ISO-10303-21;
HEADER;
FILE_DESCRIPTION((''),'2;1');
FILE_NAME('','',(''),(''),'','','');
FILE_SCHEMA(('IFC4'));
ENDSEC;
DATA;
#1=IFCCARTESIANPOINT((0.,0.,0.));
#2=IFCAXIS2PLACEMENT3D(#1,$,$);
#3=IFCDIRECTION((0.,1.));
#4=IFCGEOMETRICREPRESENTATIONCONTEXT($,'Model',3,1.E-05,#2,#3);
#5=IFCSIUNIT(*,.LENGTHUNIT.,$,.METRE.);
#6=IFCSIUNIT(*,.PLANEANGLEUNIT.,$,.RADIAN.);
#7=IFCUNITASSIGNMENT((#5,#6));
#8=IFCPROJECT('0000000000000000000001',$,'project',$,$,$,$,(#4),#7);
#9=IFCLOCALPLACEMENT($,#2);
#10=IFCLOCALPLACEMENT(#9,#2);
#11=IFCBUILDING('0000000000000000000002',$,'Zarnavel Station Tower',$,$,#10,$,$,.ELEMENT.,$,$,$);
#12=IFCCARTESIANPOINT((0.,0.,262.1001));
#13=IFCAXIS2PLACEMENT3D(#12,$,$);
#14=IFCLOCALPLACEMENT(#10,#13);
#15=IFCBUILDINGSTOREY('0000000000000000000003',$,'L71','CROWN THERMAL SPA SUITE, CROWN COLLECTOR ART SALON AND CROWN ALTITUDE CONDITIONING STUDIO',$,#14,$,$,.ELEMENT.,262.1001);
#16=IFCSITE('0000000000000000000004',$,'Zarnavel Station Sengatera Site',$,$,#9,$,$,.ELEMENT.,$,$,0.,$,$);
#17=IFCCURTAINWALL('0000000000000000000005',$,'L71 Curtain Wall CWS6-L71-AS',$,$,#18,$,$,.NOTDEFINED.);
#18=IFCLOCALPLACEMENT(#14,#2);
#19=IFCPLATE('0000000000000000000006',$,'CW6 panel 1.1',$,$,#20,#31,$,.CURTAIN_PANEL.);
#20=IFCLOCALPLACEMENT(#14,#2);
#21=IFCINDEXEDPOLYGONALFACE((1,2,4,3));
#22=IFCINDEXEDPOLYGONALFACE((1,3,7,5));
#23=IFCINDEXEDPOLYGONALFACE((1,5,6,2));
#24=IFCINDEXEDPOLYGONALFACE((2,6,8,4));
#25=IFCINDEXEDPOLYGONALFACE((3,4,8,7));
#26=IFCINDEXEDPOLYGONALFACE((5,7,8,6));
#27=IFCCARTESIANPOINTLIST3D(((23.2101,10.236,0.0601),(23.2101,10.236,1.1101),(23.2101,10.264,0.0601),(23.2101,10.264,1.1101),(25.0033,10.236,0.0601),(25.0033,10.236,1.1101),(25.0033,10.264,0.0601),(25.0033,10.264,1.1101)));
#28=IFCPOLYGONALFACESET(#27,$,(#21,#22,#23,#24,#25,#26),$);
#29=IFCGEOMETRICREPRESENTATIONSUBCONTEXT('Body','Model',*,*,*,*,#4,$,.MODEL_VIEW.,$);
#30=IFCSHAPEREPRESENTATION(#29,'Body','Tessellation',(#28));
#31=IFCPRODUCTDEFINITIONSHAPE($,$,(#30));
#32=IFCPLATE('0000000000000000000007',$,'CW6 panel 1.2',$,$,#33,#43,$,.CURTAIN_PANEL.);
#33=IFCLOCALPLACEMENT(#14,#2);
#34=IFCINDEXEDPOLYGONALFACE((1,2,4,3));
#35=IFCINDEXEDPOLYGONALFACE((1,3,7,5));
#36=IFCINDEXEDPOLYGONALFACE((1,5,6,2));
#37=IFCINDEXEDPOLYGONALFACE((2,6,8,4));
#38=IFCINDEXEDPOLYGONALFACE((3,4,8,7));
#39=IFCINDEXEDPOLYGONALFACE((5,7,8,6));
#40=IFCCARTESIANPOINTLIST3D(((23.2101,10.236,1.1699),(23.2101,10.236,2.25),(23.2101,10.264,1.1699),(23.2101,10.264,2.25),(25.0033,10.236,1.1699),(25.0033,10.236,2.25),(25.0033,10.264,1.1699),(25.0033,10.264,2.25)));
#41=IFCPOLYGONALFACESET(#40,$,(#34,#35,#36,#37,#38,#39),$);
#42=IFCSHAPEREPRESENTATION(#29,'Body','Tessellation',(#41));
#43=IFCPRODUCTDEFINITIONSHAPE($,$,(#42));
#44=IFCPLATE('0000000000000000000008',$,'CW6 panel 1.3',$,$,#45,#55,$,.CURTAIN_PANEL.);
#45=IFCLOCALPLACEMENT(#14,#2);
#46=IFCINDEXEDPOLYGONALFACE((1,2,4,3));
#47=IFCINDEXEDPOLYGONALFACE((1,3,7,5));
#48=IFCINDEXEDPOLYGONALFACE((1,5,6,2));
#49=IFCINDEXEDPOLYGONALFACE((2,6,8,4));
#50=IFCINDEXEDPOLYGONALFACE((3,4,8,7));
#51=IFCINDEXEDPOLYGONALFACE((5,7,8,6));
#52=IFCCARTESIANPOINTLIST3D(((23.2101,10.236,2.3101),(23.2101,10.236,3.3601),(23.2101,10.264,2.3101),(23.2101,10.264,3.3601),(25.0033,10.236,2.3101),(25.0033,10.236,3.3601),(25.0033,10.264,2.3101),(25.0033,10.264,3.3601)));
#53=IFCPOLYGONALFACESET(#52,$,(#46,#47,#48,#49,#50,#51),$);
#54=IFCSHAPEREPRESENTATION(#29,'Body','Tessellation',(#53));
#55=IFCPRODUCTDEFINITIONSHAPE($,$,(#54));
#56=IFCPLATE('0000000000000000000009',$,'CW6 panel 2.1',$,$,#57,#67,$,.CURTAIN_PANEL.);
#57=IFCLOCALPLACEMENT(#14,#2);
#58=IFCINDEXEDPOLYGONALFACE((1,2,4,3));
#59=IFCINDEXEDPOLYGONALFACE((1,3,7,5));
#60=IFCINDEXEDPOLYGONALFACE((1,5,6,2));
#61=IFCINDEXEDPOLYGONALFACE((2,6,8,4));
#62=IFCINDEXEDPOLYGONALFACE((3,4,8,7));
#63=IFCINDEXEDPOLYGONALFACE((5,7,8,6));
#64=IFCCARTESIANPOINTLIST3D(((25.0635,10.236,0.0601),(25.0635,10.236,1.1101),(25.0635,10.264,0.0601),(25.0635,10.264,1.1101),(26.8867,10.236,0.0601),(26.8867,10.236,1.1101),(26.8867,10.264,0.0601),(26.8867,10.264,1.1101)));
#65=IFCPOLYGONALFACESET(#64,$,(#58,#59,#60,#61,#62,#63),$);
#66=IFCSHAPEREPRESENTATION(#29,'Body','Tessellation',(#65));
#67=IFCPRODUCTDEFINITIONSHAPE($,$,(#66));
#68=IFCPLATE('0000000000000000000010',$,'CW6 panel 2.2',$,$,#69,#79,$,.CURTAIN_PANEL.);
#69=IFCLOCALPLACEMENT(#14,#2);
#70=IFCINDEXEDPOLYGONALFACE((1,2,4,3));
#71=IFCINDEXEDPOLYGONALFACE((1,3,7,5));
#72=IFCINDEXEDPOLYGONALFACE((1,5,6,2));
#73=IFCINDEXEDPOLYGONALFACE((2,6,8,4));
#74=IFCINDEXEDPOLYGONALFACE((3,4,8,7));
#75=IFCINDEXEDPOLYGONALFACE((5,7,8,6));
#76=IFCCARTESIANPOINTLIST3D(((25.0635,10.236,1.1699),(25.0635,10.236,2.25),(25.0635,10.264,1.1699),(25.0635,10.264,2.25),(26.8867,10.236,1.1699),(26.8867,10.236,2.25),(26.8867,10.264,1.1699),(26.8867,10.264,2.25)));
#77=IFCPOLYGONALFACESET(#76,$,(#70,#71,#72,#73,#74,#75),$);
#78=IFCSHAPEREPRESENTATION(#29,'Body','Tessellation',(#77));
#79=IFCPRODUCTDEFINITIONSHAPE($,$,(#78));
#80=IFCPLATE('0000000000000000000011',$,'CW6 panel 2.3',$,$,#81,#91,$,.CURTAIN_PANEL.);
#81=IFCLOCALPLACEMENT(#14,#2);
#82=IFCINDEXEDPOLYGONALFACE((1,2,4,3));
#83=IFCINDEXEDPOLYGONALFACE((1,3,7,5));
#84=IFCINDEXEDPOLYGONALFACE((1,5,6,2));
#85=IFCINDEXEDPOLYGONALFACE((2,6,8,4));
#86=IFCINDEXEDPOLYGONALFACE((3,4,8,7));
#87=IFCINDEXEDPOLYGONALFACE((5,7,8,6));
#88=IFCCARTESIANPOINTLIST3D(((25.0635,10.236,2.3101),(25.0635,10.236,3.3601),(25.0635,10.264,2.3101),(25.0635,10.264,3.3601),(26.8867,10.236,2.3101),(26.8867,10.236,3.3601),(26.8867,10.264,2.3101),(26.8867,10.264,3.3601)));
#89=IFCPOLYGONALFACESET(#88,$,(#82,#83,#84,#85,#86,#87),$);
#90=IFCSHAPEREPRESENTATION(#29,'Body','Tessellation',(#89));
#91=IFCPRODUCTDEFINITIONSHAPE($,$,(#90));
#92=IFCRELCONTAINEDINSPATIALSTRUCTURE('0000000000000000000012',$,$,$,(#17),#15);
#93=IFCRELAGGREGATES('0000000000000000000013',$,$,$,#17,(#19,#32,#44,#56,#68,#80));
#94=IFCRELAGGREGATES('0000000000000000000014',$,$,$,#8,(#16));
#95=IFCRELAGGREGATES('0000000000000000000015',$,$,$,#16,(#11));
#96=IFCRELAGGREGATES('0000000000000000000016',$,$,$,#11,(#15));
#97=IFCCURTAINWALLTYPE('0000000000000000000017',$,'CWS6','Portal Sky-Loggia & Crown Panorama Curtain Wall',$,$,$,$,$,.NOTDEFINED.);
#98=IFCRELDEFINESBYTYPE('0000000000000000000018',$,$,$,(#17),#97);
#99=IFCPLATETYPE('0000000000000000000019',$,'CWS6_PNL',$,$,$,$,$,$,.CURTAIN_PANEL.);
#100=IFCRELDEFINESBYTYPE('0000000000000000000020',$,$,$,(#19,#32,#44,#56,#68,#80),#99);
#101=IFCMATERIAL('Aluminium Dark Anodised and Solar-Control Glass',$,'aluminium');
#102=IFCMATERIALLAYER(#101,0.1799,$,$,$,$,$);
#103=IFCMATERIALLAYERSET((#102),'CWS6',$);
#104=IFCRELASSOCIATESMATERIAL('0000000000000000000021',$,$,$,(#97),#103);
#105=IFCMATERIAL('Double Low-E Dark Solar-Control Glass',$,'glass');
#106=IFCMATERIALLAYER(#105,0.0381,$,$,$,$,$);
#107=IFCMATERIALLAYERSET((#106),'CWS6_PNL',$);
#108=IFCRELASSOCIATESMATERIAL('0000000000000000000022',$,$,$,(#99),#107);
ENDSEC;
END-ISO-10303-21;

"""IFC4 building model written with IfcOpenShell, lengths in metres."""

from ifc_helpers import new_model, si_unit, direction, frame, origin, origin_2d, place, context, subcontext, project, spatial, rectangle, extrude, material, layer, layer_set, type_object, element, aggregate, save


model = new_model("IFC4")

# Units and contexts
model_context = context("Model", 3, precision=1e-05, world=origin(), true_north=direction((0.0, 1.0)))
body_context = subcontext(model_context, "Body", "Model", "MODEL_VIEW")
ifc_project = project(units=[si_unit("LENGTHUNIT", "METRE"), si_unit("PLANEANGLEUNIT", "RADIAN")], contexts=[model_context])

# Site, building, storey
site_placement = place(None, origin())
site = spatial("IfcSite", under=ifc_project, at=site_placement, Name="Zarnavel Station Sengatera Site", CompositionType="ELEMENT", RefElevation=0.0)
building_placement = place(site_placement, origin())
building = spatial("IfcBuilding", under=site, at=building_placement, Name="Zarnavel Station Tower", CompositionType="ELEMENT")
storey_placement = place(building_placement, frame((0.0, 0.0, 262.1001)))
storey = spatial("IfcBuildingStorey", under=building, at=storey_placement, Name="L71", Description="CROWN THERMAL SPA SUITE, CROWN COLLECTOR ART SALON AND CROWN ALTITUDE CONDITIONING STUDIO", CompositionType="ELEMENT", Elevation=262.1001)

# Curtain wall, plates
ifc_material_1 = material(Name="Aluminium Dark Anodised and Solar-Control Glass", Category="aluminium")
ifc_layer_1 = layer(ifc_material_1, 0.1799)
ifc_layer_set_1 = layer_set([ifc_layer_1], Name="CWS6")
curtain_wall_type = type_object("IfcCurtainWallType", Name="CWS6", Description="Portal Sky-Loggia & Crown Panorama Curtain Wall", PredefinedType="NOTDEFINED", material=ifc_layer_set_1)
curtain_wall_placement = place(storey_placement, origin())
curtain_wall = element("IfcCurtainWall", 1, at=curtain_wall_placement, inside=storey, type_object=curtain_wall_type, Name="L71 Curtain Wall CWS6-L71-AS", PredefinedType="NOTDEFINED")
ifc_material_2 = material(Name="Double Low-E Dark Solar-Control Glass", Category="glass")
ifc_layer_2 = layer(ifc_material_2, 0.0381)
ifc_layer_set_2 = layer_set([ifc_layer_2], Name="CWS6_PNL")
plate_type = type_object("IfcPlateType", Name="CWS6_PNL", PredefinedType="CURTAIN_PANEL", material=ifc_layer_set_2)
plate_1_placement = place(storey_placement, frame((24.1067, 10.25, 0.0601), z_axis=(0.0, 0.0, 1.0), x_axis=(1.0, 0.0, 0.0)))
plate_1 = element("IfcPlate", 2, at=plate_1_placement, type_object=plate_type, Name="CW6 panel 1.1", PredefinedType="CURTAIN_PANEL", context=body_context, shape_type="SweptSolid", body=[
    extrude(rectangle(XDim=1.7932, YDim=0.0281, at=origin_2d()), origin(), (0.0, 0.0, 1.0), 1.05),
])
plate_2_placement = place(storey_placement, frame((24.1067, 10.25, 1.1699), z_axis=(0.0, 0.0, 1.0), x_axis=(1.0, 0.0, 0.0)))
plate_2 = element("IfcPlate", 3, at=plate_2_placement, type_object=plate_type, Name="CW6 panel 1.2", PredefinedType="CURTAIN_PANEL", context=body_context, shape_type="SweptSolid", body=[
    extrude(rectangle(XDim=1.7932, YDim=0.0281, at=origin_2d()), origin(), (0.0, 0.0, 1.0), 1.0801),
])
plate_3_placement = place(storey_placement, frame((24.1067, 10.25, 2.3101), z_axis=(0.0, 0.0, 1.0), x_axis=(1.0, 0.0, 0.0)))
plate_3 = element("IfcPlate", 4, at=plate_3_placement, type_object=plate_type, Name="CW6 panel 1.3", PredefinedType="CURTAIN_PANEL", context=body_context, shape_type="SweptSolid", body=[
    extrude(rectangle(XDim=1.7932, YDim=0.0281, at=origin_2d()), origin(), (0.0, 0.0, 1.0), 1.05),
])
plate_4_placement = place(storey_placement, frame((25.9751, 10.25, 0.0601), z_axis=(0.0, 0.0, 1.0), x_axis=(1.0, 0.0, 0.0)))
plate_4 = element("IfcPlate", 5, at=plate_4_placement, type_object=plate_type, Name="CW6 panel 2.1", PredefinedType="CURTAIN_PANEL", context=body_context, shape_type="SweptSolid", body=[
    extrude(rectangle(XDim=1.8232, YDim=0.0281, at=origin_2d()), origin(), (0.0, 0.0, 1.0), 1.05),
])
plate_5_placement = place(storey_placement, frame((25.9751, 10.25, 1.1699), z_axis=(0.0, 0.0, 1.0), x_axis=(1.0, 0.0, 0.0)))
plate_5 = element("IfcPlate", 6, at=plate_5_placement, type_object=plate_type, Name="CW6 panel 2.2", PredefinedType="CURTAIN_PANEL", context=body_context, shape_type="SweptSolid", body=[
    extrude(rectangle(XDim=1.8232, YDim=0.0281, at=origin_2d()), origin(), (0.0, 0.0, 1.0), 1.0801),
])
plate_6_placement = place(storey_placement, frame((25.9751, 10.25, 2.3101), z_axis=(0.0, 0.0, 1.0), x_axis=(1.0, 0.0, 0.0)))
plate_6 = element("IfcPlate", 7, at=plate_6_placement, type_object=plate_type, Name="CW6 panel 2.3", PredefinedType="CURTAIN_PANEL", context=body_context, shape_type="SweptSolid", body=[
    extrude(rectangle(XDim=1.8232, YDim=0.0281, at=origin_2d()), origin(), (0.0, 0.0, 1.0), 1.05),
])
aggregate(curtain_wall, [plate_1, plate_2, plate_3, plate_4, plate_5, plate_6])

save(model, "model.ifc")
